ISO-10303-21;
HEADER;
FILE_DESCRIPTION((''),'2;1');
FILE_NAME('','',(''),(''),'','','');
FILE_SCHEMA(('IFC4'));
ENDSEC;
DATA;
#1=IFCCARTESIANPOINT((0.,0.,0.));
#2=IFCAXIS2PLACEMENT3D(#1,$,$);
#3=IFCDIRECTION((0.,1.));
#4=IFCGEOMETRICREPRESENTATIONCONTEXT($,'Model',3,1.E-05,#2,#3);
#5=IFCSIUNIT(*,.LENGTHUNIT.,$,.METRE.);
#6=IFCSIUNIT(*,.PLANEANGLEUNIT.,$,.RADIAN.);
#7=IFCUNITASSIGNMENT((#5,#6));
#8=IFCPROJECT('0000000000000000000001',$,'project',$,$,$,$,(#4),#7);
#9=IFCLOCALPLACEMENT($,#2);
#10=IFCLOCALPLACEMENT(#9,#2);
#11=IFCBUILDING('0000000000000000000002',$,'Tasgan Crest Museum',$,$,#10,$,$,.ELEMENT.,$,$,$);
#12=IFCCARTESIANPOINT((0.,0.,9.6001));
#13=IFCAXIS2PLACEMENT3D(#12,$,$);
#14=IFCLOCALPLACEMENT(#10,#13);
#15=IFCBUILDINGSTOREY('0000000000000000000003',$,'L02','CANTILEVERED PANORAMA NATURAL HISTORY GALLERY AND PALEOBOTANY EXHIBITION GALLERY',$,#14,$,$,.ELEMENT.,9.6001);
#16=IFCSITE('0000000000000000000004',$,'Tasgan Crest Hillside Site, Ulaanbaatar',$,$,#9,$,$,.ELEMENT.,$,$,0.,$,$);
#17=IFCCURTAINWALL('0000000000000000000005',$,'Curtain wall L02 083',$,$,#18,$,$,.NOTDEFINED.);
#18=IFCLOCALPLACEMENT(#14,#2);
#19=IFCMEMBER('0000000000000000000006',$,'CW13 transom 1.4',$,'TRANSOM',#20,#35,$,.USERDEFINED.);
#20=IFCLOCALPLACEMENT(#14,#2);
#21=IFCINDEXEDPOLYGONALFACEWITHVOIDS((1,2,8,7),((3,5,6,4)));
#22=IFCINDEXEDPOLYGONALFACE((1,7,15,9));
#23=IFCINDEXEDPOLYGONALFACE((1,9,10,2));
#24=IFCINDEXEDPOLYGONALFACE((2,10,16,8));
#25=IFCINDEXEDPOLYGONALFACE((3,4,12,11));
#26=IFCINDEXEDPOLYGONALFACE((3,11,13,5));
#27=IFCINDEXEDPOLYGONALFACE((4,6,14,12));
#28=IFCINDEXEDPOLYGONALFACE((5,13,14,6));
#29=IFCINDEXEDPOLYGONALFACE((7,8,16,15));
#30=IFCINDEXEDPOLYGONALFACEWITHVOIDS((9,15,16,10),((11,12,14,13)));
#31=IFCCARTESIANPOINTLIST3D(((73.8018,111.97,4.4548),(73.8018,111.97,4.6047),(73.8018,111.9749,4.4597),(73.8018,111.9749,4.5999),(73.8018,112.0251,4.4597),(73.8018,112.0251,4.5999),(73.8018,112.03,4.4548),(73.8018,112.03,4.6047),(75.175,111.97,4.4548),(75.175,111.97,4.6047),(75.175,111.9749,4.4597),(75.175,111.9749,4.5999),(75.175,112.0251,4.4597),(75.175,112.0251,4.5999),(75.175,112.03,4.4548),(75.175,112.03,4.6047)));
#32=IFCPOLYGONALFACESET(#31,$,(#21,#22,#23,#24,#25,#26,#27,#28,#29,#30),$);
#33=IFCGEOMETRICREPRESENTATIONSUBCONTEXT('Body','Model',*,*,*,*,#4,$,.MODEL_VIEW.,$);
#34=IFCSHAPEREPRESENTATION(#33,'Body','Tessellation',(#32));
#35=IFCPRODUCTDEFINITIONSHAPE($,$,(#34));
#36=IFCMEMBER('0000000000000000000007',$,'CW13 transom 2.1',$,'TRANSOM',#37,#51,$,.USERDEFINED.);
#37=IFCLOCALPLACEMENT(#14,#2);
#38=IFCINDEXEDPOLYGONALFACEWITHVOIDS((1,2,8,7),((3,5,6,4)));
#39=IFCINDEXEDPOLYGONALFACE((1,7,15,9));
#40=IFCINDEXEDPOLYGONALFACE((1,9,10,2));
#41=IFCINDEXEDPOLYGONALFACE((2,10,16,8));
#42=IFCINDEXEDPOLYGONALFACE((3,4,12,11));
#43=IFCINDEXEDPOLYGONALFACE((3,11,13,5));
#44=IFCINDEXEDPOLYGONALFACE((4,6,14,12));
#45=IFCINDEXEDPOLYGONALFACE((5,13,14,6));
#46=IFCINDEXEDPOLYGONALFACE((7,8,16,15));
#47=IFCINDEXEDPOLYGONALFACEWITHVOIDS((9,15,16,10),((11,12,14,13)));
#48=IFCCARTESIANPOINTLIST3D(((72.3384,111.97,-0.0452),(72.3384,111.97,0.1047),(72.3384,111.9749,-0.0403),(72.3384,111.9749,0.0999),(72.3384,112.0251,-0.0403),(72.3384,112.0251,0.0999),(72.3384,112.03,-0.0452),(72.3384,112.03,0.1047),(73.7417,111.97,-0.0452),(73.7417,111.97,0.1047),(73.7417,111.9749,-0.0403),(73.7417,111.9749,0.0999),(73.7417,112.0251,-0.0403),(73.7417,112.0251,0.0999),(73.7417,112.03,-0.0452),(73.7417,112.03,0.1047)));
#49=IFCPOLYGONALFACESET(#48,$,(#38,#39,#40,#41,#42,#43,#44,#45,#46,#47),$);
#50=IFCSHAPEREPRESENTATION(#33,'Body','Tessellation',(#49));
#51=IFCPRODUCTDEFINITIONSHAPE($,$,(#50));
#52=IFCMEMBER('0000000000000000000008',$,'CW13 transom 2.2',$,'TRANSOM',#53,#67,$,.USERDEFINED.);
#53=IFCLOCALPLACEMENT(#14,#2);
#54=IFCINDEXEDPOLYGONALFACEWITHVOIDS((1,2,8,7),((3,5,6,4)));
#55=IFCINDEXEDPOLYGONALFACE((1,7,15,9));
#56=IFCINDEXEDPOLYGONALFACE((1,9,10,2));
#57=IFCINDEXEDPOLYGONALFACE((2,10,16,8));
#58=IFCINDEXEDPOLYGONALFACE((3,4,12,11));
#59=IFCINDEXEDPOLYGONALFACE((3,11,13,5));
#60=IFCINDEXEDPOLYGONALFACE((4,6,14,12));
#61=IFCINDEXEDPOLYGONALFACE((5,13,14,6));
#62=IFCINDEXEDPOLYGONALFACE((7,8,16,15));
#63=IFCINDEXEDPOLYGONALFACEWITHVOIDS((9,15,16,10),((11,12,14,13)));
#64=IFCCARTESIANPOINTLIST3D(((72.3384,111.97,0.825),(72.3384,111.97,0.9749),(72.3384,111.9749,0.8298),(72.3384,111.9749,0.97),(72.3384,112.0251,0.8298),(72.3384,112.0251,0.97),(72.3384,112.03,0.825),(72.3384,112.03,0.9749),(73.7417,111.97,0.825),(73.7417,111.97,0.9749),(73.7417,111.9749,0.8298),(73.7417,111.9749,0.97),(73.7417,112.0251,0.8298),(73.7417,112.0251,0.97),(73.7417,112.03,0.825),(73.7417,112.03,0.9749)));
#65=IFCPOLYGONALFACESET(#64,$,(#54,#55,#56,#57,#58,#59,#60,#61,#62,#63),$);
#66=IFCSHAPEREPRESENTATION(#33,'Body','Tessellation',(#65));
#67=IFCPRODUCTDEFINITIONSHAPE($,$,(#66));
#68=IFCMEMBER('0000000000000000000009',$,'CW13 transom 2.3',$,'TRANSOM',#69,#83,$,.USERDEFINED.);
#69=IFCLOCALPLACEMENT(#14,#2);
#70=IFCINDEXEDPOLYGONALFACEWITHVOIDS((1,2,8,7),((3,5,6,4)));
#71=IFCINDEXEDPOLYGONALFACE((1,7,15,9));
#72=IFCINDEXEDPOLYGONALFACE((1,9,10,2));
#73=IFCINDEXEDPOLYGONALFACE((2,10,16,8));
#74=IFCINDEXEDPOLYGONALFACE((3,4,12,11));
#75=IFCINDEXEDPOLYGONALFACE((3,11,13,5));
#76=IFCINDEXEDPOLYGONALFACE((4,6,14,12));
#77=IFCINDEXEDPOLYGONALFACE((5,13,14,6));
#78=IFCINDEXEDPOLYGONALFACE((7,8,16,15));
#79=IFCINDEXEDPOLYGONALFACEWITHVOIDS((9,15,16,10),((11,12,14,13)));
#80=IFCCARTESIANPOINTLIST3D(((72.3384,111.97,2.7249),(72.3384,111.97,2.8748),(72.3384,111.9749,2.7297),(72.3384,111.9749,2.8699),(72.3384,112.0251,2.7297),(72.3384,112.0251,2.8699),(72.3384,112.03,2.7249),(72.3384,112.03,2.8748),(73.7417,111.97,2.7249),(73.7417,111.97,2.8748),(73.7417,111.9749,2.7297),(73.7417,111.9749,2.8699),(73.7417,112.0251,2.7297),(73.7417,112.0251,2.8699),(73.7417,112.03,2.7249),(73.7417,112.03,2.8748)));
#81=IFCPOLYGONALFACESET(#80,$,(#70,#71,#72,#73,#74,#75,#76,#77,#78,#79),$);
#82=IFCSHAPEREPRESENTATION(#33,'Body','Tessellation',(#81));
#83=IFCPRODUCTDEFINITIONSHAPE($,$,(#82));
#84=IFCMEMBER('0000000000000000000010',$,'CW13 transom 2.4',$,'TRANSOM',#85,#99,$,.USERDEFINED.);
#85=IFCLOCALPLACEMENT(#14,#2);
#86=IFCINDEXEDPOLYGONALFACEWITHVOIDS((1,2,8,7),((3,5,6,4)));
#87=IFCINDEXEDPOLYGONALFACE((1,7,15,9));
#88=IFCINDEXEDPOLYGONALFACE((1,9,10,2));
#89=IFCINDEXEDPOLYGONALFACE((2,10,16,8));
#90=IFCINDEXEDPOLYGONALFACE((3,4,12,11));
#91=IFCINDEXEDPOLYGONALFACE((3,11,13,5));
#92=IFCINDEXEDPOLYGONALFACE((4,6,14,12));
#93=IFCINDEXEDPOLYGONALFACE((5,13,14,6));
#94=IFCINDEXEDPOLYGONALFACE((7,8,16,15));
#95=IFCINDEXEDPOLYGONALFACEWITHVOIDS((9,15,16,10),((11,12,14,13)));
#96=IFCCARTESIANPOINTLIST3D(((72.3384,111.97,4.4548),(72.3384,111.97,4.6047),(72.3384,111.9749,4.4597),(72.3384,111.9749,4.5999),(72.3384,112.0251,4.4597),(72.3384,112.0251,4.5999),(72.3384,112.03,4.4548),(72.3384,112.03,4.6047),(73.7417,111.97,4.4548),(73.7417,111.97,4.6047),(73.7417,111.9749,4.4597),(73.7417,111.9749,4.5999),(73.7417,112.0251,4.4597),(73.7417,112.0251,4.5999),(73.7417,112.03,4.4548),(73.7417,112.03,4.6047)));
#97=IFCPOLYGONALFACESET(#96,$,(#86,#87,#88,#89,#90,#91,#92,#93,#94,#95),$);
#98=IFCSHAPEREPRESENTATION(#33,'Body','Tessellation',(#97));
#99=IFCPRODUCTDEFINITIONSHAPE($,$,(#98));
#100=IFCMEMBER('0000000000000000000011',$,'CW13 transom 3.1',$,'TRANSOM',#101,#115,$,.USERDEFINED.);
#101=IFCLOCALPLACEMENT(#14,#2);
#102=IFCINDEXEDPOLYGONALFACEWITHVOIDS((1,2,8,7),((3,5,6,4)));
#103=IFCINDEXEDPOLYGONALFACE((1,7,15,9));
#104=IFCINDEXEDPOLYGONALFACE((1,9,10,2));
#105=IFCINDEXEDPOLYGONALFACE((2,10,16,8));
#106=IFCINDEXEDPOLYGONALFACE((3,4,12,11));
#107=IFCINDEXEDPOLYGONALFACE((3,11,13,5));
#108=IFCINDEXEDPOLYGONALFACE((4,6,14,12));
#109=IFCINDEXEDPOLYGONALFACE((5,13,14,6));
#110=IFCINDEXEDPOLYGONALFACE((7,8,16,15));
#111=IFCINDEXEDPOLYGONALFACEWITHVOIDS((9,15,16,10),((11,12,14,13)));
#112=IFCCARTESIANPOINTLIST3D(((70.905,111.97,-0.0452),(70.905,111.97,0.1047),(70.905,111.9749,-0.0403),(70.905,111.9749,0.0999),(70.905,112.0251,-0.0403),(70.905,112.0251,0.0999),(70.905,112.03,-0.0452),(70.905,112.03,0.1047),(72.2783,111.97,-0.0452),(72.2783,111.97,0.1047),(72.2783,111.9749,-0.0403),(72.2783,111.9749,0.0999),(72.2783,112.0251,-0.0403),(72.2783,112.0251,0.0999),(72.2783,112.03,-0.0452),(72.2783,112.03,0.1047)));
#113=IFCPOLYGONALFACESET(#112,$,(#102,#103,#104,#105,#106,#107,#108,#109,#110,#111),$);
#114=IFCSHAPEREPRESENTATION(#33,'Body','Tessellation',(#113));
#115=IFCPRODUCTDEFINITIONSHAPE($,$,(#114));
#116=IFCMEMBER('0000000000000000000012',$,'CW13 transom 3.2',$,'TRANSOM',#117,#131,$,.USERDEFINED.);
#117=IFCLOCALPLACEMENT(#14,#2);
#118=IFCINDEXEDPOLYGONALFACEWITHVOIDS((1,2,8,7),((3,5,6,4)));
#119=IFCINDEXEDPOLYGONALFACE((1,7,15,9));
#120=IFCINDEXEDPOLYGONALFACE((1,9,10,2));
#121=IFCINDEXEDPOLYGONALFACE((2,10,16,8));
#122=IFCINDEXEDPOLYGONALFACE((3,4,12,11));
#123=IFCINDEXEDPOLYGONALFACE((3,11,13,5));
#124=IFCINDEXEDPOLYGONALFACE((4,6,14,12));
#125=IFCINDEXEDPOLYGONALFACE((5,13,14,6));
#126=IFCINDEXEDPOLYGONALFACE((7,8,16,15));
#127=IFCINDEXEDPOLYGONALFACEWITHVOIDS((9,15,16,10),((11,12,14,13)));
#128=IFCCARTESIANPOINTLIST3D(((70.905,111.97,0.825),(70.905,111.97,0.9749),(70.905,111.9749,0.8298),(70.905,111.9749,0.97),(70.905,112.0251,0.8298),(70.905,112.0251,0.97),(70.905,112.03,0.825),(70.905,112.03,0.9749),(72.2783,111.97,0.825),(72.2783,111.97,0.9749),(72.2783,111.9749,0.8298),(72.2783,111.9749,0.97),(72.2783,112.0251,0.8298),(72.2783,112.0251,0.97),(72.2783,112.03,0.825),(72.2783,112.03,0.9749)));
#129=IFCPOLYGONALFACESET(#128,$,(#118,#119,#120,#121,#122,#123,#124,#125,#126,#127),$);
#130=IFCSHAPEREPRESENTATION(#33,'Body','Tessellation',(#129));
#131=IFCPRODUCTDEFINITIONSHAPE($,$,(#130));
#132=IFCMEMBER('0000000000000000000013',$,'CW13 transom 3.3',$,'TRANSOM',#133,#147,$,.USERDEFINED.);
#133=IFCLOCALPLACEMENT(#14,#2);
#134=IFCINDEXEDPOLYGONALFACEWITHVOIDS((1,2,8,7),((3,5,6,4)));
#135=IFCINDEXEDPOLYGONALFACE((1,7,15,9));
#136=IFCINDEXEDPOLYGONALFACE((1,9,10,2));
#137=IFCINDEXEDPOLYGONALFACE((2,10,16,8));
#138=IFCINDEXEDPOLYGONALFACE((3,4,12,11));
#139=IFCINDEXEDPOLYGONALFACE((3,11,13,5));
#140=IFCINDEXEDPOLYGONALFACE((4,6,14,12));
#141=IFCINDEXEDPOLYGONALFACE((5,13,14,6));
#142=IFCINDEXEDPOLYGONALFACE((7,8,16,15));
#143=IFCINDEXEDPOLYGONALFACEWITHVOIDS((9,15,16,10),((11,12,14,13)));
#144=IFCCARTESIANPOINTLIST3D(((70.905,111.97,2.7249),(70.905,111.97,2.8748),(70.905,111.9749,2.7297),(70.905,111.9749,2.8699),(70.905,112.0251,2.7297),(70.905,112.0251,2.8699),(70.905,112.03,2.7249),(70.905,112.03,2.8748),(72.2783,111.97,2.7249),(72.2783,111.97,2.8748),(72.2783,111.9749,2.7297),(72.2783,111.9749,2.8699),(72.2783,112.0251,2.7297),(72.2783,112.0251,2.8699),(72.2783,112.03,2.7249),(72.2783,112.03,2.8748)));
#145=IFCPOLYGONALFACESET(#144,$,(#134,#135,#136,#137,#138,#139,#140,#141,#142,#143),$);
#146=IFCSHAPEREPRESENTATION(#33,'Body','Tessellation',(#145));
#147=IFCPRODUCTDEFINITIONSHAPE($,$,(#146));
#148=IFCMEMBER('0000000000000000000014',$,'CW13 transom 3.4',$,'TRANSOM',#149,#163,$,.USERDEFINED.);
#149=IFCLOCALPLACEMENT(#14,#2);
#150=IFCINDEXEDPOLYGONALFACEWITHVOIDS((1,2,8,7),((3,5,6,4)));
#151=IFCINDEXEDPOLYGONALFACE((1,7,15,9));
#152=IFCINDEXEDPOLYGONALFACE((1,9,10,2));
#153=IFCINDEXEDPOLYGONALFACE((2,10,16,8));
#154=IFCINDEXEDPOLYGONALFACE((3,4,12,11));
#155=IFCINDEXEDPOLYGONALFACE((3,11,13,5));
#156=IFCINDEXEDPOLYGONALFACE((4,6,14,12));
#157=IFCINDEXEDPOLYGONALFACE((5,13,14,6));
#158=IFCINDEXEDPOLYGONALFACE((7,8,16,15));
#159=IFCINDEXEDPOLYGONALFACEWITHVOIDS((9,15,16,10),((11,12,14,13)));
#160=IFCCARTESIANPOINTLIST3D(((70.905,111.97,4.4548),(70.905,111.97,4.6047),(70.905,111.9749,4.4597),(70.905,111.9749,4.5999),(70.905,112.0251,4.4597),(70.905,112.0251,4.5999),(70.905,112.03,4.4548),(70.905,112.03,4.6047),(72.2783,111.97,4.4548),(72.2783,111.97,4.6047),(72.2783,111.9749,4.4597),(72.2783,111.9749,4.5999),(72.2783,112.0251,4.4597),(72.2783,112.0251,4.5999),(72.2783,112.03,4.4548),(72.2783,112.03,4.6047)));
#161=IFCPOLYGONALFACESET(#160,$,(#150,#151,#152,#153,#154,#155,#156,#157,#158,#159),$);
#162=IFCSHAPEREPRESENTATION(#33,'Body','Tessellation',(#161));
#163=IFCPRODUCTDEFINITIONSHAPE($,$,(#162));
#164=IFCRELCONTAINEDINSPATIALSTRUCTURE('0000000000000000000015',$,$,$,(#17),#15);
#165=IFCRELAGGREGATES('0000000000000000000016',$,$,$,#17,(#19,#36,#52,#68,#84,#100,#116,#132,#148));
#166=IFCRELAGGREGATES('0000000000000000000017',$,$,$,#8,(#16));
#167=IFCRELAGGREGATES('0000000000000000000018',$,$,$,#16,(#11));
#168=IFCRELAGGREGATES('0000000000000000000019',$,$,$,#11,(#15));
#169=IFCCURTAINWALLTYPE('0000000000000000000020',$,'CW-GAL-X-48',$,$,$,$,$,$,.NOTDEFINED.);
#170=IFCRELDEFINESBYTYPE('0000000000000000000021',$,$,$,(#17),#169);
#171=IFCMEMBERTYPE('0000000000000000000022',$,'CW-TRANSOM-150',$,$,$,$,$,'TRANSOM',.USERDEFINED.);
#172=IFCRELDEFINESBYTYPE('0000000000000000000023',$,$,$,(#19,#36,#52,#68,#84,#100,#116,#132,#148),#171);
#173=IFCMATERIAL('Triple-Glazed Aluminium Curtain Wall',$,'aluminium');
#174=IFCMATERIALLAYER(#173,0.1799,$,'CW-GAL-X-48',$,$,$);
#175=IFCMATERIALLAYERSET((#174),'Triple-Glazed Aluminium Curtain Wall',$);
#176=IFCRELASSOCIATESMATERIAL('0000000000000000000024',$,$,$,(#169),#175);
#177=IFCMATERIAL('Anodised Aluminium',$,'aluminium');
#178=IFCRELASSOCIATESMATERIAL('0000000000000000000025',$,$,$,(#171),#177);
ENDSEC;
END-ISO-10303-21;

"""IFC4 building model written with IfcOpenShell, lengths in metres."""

from ifc_helpers import new_model, si_unit, direction, frame, origin, origin_2d, place, context, subcontext, project, spatial, hollow_rectangle, extrude, material, layer, layer_set, material_profile, profile_set, type_object, element, aggregate, save


model = new_model("IFC4")

# Units and contexts
model_context = context("Model", 3, precision=1e-05, world=origin(), true_north=direction((0.0, 1.0)))
body_context = subcontext(model_context, "Body", "Model", "MODEL_VIEW")
ifc_project = project(units=[si_unit("LENGTHUNIT", "METRE"), si_unit("PLANEANGLEUNIT", "RADIAN")], contexts=[model_context])

# Site, building, storey
site_placement = place(None, origin())
site = spatial("IfcSite", under=ifc_project, at=site_placement, Name="Tasgan Crest Hillside Site, Ulaanbaatar", CompositionType="ELEMENT", RefElevation=0.0)
building_placement = place(site_placement, origin())
building = spatial("IfcBuilding", under=site, at=building_placement, Name="Tasgan Crest Museum", CompositionType="ELEMENT")
storey_placement = place(building_placement, frame((0.0, 0.0, 9.6001)))
storey = spatial("IfcBuildingStorey", under=building, at=storey_placement, Name="L02", Description="CANTILEVERED PANORAMA NATURAL HISTORY GALLERY AND PALEOBOTANY EXHIBITION GALLERY", CompositionType="ELEMENT", Elevation=9.6001)

# Shared definitions
ifc_material_1 = material(Name="Triple-Glazed Aluminium Curtain Wall", Category="aluminium")
ifc_layer_1 = layer(ifc_material_1, 0.1799, Name="CW-GAL-X-48")
ifc_layer_set_1 = layer_set([ifc_layer_1], Name="Triple-Glazed Aluminium Curtain Wall")
curtain_wall_type = type_object("IfcCurtainWallType", Name="CW-GAL-X-48", PredefinedType="NOTDEFINED", material=ifc_layer_set_1)

# Curtain wall, members
curtain_wall_1_placement = place(storey_placement, origin())
curtain_wall_1 = element("IfcCurtainWall", 1, at=curtain_wall_1_placement, inside=storey, type_object=curtain_wall_type, Name="Curtain wall L02 083", PredefinedType="NOTDEFINED")
ifc_material_2 = material(Name="Anodised Aluminium", Category="aluminium")
ifc_material_profile_1 = material_profile(ifc_material_2, hollow_rectangle(XDim=0.0601, YDim=0.1499, WallThickness=0.0049, at=origin_2d()), Name="ALU TRANSOM 150x60x5")
ifc_profile_set_1 = profile_set([ifc_material_profile_1], Name="Anodised Aluminium")
member_type_1 = type_object("IfcMemberType", Name="CW-TRANSOM-150", ElementType="TRANSOM", PredefinedType="USERDEFINED", material=ifc_profile_set_1)
member_1_placement = place(storey_placement, frame((75.175, 112.0, 4.5298), z_axis=(-1.0, 0.0, 0.0), x_axis=(0.0, -1.0, 0.0)))
member_1 = element("IfcMember", 2, at=member_1_placement, type_object=member_type_1, Name="CW13 transom 1.4", ObjectType="TRANSOM", PredefinedType="USERDEFINED", context=body_context, shape_type="SweptSolid", body=[
    extrude(hollow_rectangle(XDim=0.0601, YDim=0.1499, WallThickness=0.0049, at=origin_2d()), origin(), (0.0, 0.0, 1.0), 1.3733),
])
member_2_placement = place(storey_placement, frame((73.7417, 112.0, 0.0298), z_axis=(-1.0, 0.0, 0.0), x_axis=(0.0, -1.0, 0.0)))
member_2 = element("IfcMember", 3, at=member_2_placement, type_object=member_type_1, Name="CW13 transom 2.1", ObjectType="TRANSOM", PredefinedType="USERDEFINED", context=body_context, shape_type="SweptSolid", body=[
    extrude(hollow_rectangle(XDim=0.0601, YDim=0.1499, WallThickness=0.0049, at=origin_2d()), origin(), (0.0, 0.0, 1.0), 1.4033),
])
member_3_placement = place(storey_placement, frame((73.7417, 112.0, 0.8999), z_axis=(-1.0, 0.0, 0.0), x_axis=(0.0, -1.0, 0.0)))
member_3 = element("IfcMember", 4, at=member_3_placement, type_object=member_type_1, Name="CW13 transom 2.2", ObjectType="TRANSOM", PredefinedType="USERDEFINED", context=body_context, shape_type="SweptSolid", body=[
    extrude(hollow_rectangle(XDim=0.0601, YDim=0.1499, WallThickness=0.0049, at=origin_2d()), origin(), (0.0, 0.0, 1.0), 1.4033),
])
member_4_placement = place(storey_placement, frame((73.7417, 112.0, 2.7998), z_axis=(-1.0, 0.0, 0.0), x_axis=(0.0, -1.0, 0.0)))
member_4 = element("IfcMember", 5, at=member_4_placement, type_object=member_type_1, Name="CW13 transom 2.3", ObjectType="TRANSOM", PredefinedType="USERDEFINED", context=body_context, shape_type="SweptSolid", body=[
    extrude(hollow_rectangle(XDim=0.0601, YDim=0.1499, WallThickness=0.0049, at=origin_2d()), origin(), (0.0, 0.0, 1.0), 1.4033),
])
member_5_placement = place(storey_placement, frame((73.7417, 112.0, 4.5298), z_axis=(-1.0, 0.0, 0.0), x_axis=(0.0, -1.0, 0.0)))
member_5 = element("IfcMember", 6, at=member_5_placement, type_object=member_type_1, Name="CW13 transom 2.4", ObjectType="TRANSOM", PredefinedType="USERDEFINED", context=body_context, shape_type="SweptSolid", body=[
    extrude(hollow_rectangle(XDim=0.0601, YDim=0.1499, WallThickness=0.0049, at=origin_2d()), origin(), (0.0, 0.0, 1.0), 1.4033),
])
member_6_placement = place(storey_placement, frame((72.2783, 112.0, 0.0298), z_axis=(-1.0, 0.0, 0.0), x_axis=(0.0, -1.0, 0.0)))
member_6 = element("IfcMember", 7, at=member_6_placement, type_object=member_type_1, Name="CW13 transom 3.1", ObjectType="TRANSOM", PredefinedType="USERDEFINED", context=body_context, shape_type="SweptSolid", body=[
    extrude(hollow_rectangle(XDim=0.0601, YDim=0.1499, WallThickness=0.0049, at=origin_2d()), origin(), (0.0, 0.0, 1.0), 1.3733),
])
member_7_placement = place(storey_placement, frame((72.2783, 112.0, 0.8999), z_axis=(-1.0, 0.0, 0.0), x_axis=(0.0, -1.0, 0.0)))
member_7 = element("IfcMember", 8, at=member_7_placement, type_object=member_type_1, Name="CW13 transom 3.2", ObjectType="TRANSOM", PredefinedType="USERDEFINED", context=body_context, shape_type="SweptSolid", body=[
    extrude(hollow_rectangle(XDim=0.0601, YDim=0.1499, WallThickness=0.0049, at=origin_2d()), origin(), (0.0, 0.0, 1.0), 1.3733),
])
member_8_placement = place(storey_placement, frame((72.2783, 112.0, 2.7998), z_axis=(-1.0, 0.0, 0.0), x_axis=(0.0, -1.0, 0.0)))
member_8 = element("IfcMember", 9, at=member_8_placement, type_object=member_type_1, Name="CW13 transom 3.3", ObjectType="TRANSOM", PredefinedType="USERDEFINED", context=body_context, shape_type="SweptSolid", body=[
    extrude(hollow_rectangle(XDim=0.0601, YDim=0.1499, WallThickness=0.0049, at=origin_2d()), origin(), (0.0, 0.0, 1.0), 1.3733),
])
member_9_placement = place(storey_placement, frame((72.2783, 112.0, 4.5298), z_axis=(-1.0, 0.0, 0.0), x_axis=(0.0, -1.0, 0.0)))
member_9 = element("IfcMember", 10, at=member_9_placement, type_object=member_type_1, Name="CW13 transom 3.4", ObjectType="TRANSOM", PredefinedType="USERDEFINED", context=body_context, shape_type="SweptSolid", body=[
    extrude(hollow_rectangle(XDim=0.0601, YDim=0.1499, WallThickness=0.0049, at=origin_2d()), origin(), (0.0, 0.0, 1.0), 1.3733),
])

aggregate(curtain_wall_1, [member_1, member_2, member_3, member_4, member_5, member_6, member_7, member_8, member_9])

save(model, "model.ifc")
